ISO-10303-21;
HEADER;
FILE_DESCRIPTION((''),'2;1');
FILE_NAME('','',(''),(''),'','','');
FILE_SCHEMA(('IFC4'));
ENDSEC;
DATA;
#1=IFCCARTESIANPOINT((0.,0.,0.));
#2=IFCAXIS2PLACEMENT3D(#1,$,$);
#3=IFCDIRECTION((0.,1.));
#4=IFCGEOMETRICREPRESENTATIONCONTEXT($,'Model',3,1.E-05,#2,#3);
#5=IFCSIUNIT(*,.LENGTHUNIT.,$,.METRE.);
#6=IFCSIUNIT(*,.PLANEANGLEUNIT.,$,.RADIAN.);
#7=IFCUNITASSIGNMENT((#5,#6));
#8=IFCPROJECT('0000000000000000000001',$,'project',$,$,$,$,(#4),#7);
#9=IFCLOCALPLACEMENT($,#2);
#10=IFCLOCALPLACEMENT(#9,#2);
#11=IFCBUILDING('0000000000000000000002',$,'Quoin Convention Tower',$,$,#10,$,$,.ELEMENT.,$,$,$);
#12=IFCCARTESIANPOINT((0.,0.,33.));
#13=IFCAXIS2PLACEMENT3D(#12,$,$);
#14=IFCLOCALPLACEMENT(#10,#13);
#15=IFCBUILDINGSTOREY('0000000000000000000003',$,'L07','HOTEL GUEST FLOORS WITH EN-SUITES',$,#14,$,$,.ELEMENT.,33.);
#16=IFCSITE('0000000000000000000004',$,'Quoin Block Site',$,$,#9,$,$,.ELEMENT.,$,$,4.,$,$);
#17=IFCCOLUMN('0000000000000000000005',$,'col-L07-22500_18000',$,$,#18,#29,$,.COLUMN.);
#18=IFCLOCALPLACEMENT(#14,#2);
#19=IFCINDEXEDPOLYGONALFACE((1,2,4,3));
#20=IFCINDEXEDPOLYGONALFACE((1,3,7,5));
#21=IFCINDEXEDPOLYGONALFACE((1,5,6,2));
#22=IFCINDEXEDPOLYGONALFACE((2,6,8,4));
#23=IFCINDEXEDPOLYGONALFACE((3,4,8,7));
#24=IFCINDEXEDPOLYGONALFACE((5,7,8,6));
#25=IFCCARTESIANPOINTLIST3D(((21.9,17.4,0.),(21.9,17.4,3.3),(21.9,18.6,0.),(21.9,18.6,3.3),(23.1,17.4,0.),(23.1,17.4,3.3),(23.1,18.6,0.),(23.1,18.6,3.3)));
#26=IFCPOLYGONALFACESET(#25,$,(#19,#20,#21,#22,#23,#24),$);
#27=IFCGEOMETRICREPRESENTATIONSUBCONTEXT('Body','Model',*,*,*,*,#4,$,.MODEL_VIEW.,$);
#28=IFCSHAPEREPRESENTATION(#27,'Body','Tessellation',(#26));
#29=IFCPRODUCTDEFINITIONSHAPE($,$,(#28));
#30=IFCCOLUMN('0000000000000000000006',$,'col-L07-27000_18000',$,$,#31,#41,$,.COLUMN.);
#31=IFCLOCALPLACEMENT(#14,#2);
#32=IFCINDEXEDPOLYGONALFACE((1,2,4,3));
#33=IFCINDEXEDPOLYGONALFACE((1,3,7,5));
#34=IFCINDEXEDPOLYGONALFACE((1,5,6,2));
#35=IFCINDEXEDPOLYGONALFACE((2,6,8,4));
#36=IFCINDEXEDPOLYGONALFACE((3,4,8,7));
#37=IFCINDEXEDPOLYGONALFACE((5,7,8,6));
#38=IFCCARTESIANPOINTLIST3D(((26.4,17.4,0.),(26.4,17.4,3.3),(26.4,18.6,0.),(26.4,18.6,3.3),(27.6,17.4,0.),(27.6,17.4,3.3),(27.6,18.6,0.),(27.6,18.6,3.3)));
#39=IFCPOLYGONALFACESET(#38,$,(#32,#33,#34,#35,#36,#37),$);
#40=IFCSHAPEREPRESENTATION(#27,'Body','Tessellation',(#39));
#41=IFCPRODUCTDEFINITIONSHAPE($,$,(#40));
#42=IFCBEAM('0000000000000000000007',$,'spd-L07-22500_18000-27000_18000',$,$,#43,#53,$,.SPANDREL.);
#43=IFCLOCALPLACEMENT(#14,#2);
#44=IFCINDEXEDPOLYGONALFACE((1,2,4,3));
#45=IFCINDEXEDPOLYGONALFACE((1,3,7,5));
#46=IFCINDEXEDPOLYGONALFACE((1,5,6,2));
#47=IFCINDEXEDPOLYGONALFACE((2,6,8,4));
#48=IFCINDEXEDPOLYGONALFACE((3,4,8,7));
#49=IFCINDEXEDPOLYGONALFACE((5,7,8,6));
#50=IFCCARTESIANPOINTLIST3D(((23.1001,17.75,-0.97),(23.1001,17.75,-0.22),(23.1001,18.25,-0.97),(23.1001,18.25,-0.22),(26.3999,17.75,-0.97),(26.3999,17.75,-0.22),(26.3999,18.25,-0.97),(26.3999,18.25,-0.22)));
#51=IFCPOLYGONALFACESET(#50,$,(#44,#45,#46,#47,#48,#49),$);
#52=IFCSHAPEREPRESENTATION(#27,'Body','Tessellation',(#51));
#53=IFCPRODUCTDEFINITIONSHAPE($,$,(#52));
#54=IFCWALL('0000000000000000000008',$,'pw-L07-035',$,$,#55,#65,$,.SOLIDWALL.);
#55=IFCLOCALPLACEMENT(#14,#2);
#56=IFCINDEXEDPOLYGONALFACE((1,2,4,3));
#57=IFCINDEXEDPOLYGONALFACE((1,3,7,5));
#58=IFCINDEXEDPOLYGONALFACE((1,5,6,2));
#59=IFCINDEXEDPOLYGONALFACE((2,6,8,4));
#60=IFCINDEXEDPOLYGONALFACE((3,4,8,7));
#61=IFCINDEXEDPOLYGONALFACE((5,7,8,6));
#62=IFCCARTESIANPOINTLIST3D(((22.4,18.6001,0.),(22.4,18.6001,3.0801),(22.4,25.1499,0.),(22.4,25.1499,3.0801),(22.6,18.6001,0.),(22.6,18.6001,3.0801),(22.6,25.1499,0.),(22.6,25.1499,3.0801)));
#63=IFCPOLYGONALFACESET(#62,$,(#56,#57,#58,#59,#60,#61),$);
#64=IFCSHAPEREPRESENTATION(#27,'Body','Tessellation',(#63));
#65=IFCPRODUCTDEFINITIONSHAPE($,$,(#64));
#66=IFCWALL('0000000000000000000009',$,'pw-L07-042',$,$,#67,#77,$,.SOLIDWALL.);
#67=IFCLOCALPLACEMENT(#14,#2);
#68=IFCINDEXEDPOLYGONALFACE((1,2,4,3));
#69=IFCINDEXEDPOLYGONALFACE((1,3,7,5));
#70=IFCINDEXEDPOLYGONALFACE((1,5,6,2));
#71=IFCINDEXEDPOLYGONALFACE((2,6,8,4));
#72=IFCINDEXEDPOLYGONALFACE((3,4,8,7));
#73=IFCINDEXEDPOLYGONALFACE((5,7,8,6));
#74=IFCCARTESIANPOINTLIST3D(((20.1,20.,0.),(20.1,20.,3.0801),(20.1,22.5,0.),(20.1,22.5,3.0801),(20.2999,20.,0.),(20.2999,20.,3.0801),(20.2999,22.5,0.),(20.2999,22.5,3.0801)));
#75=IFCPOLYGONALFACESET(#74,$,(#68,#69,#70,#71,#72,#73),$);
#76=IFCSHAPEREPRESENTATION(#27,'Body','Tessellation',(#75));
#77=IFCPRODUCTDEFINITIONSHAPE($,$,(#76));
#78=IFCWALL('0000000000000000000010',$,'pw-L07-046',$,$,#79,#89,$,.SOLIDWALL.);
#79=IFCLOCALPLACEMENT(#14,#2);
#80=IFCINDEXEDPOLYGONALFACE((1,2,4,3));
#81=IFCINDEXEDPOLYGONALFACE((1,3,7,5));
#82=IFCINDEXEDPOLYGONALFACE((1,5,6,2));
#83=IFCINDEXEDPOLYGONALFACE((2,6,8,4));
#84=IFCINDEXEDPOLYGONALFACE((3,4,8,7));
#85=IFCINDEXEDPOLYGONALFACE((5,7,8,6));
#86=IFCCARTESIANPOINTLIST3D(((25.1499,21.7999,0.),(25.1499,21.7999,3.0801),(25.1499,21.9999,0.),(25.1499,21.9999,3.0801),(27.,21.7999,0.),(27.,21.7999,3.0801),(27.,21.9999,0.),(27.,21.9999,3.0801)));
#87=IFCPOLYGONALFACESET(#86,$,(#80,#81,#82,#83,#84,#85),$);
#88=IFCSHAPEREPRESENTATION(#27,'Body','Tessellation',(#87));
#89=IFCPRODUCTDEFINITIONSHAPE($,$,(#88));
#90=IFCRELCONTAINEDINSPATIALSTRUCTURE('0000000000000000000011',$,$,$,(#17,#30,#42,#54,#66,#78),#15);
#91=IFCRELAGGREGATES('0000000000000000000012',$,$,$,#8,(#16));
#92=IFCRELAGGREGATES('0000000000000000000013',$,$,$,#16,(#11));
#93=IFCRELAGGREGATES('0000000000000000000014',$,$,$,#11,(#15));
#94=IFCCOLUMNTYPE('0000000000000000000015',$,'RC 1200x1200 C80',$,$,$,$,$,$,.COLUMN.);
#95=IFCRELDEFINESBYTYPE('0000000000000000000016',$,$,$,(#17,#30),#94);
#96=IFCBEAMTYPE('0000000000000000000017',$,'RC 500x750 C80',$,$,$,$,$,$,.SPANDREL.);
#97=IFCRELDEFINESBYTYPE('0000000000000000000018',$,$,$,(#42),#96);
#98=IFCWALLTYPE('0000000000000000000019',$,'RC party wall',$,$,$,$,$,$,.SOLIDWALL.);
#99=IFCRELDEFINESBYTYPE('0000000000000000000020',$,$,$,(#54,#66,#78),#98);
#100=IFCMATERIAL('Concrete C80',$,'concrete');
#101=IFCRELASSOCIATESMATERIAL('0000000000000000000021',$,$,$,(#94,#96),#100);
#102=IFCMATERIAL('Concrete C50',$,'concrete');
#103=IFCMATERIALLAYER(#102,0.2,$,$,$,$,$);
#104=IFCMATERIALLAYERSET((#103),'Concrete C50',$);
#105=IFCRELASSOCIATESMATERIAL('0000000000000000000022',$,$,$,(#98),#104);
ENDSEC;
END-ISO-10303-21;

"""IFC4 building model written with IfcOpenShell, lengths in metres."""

from ifc_helpers import new_model, si_unit, direction, frame, frame_2d, origin, origin_2d, place, context, subcontext, project, spatial, rectangle, extrude, material, layer, layer_set, material_profile, profile_set, type_object, element, save


model = new_model("IFC4")

# Units and contexts
model_context = context("Model", 3, precision=1e-05, world=origin(), true_north=direction((0.0, 1.0)))
body_context = subcontext(model_context, "Body", "Model", "MODEL_VIEW")
ifc_project = project(units=[si_unit("LENGTHUNIT", "METRE"), si_unit("PLANEANGLEUNIT", "RADIAN")], contexts=[model_context])

# Site, building, storey
site_placement = place(None, origin())
site = spatial("IfcSite", under=ifc_project, at=site_placement, Name="Quoin Block Site", CompositionType="ELEMENT", RefElevation=4.0)
building_placement = place(site_placement, origin())
building = spatial("IfcBuilding", under=site, at=building_placement, Name="Quoin Convention Tower", CompositionType="ELEMENT")
storey_placement = place(building_placement, frame((0.0, 0.0, 33.0)))
storey = spatial("IfcBuildingStorey", under=building, at=storey_placement, Name="L07", Description="HOTEL GUEST FLOORS WITH EN-SUITES", CompositionType="ELEMENT", Elevation=33.0)

# Columns
ifc_material_1 = material(Name="Concrete C80", Category="concrete")
ifc_material_profile_1 = material_profile(ifc_material_1, rectangle(XDim=1.2, YDim=1.2, at=origin_2d()), Name="RC 1200x1200")
ifc_profile_set_1 = profile_set([ifc_material_profile_1], Name="Concrete C80")
column_type = type_object("IfcColumnType", Name="RC 1200x1200 C80", PredefinedType="COLUMN", material=ifc_profile_set_1)
for number, where, z_axis, x_axis, name in (
    (1, (22.5, 18.0, 0.0), (0.0, 0.0, 1.0), (1.0, 0.0, 0.0), "col-L07-22500_18000"),
    (2, (27.0, 18.0, 0.0), (0.0, 0.0, 1.0), (1.0, 0.0, 0.0), "col-L07-27000_18000"),
):
    element("IfcColumn", number, at=place(storey_placement, frame(where, z_axis=z_axis, x_axis=x_axis)), inside=storey, type_object=column_type, Name=name, PredefinedType="COLUMN", context=body_context, shape_type="SweptSolid", body=[
        extrude(rectangle(XDim=1.2, YDim=1.2, at=origin_2d()), origin(), (0.0, 0.0, 1.0), 3.3),
    ])

# Beam
ifc_material_profile_2 = material_profile(ifc_material_1, rectangle(XDim=0.5, YDim=0.75, at=origin_2d()), Name="RC 500x750")
ifc_profile_set_2 = profile_set([ifc_material_profile_2], Name="Concrete C80")
beam_type = type_object("IfcBeamType", Name="RC 500x750 C80", PredefinedType="SPANDREL", material=ifc_profile_set_2)
beam_placement = place(storey_placement, frame((23.1001, 18.0, -0.595), z_axis=(1.0, 0.0, 0.0), x_axis=(0.0, 1.0, 0.0)))
element("IfcBeam", 3, at=beam_placement, inside=storey, type_object=beam_type, Name="spd-L07-22500_18000-27000_18000", PredefinedType="SPANDREL", context=body_context, shape_type="SweptSolid", body=[
    extrude(rectangle(XDim=0.5, YDim=0.75, at=origin_2d()), origin(), (0.0, 0.0, 1.0), 3.2998),
])

# Walls
ifc_material_2 = material(Name="Concrete C50", Category="concrete")
ifc_layer = layer(ifc_material_2, 0.2)
ifc_layer_set = layer_set([ifc_layer], Name="Concrete C50")
wall_type = type_object("IfcWallType", Name="RC party wall", PredefinedType="SOLIDWALL", material=ifc_layer_set)
wall_1_placement = place(storey_placement, frame((22.5, 18.6001, 0.0), z_axis=(0.0, 0.0, 1.0), x_axis=(0.0, 1.0, 0.0)))
element("IfcWall", 4, at=wall_1_placement, inside=storey, type_object=wall_type, Name="pw-L07-035", PredefinedType="SOLIDWALL", context=body_context, shape_type="SweptSolid", body=[
    extrude(rectangle(XDim=6.5498, YDim=0.2, at=frame_2d((3.2749, 0.0))), origin(), (0.0, 0.0, 1.0), 3.0801),
])
wall_2_placement = place(storey_placement, frame((20.2, 20.0, 0.0), z_axis=(0.0, 0.0, 1.0), x_axis=(0.0, 1.0, 0.0)))
element("IfcWall", 5, at=wall_2_placement, inside=storey, type_object=wall_type, Name="pw-L07-042", PredefinedType="SOLIDWALL", context=body_context, shape_type="SweptSolid", body=[
    extrude(rectangle(XDim=2.5, YDim=0.2, at=frame_2d((1.25, 0.0))), origin(), (0.0, 0.0, 1.0), 3.0801),
])
wall_3_placement = place(storey_placement, frame((25.1499, 21.8999, 0.0), z_axis=(0.0, 0.0, 1.0), x_axis=(1.0, 0.0, 0.0)))
element("IfcWall", 6, at=wall_3_placement, inside=storey, type_object=wall_type, Name="pw-L07-046", PredefinedType="SOLIDWALL", context=body_context, shape_type="SweptSolid", body=[
    extrude(rectangle(XDim=1.8501, YDim=0.2, at=frame_2d((0.925, 0.0))), origin(), (0.0, 0.0, 1.0), 3.0801),
])

save(model, "model.ifc")
